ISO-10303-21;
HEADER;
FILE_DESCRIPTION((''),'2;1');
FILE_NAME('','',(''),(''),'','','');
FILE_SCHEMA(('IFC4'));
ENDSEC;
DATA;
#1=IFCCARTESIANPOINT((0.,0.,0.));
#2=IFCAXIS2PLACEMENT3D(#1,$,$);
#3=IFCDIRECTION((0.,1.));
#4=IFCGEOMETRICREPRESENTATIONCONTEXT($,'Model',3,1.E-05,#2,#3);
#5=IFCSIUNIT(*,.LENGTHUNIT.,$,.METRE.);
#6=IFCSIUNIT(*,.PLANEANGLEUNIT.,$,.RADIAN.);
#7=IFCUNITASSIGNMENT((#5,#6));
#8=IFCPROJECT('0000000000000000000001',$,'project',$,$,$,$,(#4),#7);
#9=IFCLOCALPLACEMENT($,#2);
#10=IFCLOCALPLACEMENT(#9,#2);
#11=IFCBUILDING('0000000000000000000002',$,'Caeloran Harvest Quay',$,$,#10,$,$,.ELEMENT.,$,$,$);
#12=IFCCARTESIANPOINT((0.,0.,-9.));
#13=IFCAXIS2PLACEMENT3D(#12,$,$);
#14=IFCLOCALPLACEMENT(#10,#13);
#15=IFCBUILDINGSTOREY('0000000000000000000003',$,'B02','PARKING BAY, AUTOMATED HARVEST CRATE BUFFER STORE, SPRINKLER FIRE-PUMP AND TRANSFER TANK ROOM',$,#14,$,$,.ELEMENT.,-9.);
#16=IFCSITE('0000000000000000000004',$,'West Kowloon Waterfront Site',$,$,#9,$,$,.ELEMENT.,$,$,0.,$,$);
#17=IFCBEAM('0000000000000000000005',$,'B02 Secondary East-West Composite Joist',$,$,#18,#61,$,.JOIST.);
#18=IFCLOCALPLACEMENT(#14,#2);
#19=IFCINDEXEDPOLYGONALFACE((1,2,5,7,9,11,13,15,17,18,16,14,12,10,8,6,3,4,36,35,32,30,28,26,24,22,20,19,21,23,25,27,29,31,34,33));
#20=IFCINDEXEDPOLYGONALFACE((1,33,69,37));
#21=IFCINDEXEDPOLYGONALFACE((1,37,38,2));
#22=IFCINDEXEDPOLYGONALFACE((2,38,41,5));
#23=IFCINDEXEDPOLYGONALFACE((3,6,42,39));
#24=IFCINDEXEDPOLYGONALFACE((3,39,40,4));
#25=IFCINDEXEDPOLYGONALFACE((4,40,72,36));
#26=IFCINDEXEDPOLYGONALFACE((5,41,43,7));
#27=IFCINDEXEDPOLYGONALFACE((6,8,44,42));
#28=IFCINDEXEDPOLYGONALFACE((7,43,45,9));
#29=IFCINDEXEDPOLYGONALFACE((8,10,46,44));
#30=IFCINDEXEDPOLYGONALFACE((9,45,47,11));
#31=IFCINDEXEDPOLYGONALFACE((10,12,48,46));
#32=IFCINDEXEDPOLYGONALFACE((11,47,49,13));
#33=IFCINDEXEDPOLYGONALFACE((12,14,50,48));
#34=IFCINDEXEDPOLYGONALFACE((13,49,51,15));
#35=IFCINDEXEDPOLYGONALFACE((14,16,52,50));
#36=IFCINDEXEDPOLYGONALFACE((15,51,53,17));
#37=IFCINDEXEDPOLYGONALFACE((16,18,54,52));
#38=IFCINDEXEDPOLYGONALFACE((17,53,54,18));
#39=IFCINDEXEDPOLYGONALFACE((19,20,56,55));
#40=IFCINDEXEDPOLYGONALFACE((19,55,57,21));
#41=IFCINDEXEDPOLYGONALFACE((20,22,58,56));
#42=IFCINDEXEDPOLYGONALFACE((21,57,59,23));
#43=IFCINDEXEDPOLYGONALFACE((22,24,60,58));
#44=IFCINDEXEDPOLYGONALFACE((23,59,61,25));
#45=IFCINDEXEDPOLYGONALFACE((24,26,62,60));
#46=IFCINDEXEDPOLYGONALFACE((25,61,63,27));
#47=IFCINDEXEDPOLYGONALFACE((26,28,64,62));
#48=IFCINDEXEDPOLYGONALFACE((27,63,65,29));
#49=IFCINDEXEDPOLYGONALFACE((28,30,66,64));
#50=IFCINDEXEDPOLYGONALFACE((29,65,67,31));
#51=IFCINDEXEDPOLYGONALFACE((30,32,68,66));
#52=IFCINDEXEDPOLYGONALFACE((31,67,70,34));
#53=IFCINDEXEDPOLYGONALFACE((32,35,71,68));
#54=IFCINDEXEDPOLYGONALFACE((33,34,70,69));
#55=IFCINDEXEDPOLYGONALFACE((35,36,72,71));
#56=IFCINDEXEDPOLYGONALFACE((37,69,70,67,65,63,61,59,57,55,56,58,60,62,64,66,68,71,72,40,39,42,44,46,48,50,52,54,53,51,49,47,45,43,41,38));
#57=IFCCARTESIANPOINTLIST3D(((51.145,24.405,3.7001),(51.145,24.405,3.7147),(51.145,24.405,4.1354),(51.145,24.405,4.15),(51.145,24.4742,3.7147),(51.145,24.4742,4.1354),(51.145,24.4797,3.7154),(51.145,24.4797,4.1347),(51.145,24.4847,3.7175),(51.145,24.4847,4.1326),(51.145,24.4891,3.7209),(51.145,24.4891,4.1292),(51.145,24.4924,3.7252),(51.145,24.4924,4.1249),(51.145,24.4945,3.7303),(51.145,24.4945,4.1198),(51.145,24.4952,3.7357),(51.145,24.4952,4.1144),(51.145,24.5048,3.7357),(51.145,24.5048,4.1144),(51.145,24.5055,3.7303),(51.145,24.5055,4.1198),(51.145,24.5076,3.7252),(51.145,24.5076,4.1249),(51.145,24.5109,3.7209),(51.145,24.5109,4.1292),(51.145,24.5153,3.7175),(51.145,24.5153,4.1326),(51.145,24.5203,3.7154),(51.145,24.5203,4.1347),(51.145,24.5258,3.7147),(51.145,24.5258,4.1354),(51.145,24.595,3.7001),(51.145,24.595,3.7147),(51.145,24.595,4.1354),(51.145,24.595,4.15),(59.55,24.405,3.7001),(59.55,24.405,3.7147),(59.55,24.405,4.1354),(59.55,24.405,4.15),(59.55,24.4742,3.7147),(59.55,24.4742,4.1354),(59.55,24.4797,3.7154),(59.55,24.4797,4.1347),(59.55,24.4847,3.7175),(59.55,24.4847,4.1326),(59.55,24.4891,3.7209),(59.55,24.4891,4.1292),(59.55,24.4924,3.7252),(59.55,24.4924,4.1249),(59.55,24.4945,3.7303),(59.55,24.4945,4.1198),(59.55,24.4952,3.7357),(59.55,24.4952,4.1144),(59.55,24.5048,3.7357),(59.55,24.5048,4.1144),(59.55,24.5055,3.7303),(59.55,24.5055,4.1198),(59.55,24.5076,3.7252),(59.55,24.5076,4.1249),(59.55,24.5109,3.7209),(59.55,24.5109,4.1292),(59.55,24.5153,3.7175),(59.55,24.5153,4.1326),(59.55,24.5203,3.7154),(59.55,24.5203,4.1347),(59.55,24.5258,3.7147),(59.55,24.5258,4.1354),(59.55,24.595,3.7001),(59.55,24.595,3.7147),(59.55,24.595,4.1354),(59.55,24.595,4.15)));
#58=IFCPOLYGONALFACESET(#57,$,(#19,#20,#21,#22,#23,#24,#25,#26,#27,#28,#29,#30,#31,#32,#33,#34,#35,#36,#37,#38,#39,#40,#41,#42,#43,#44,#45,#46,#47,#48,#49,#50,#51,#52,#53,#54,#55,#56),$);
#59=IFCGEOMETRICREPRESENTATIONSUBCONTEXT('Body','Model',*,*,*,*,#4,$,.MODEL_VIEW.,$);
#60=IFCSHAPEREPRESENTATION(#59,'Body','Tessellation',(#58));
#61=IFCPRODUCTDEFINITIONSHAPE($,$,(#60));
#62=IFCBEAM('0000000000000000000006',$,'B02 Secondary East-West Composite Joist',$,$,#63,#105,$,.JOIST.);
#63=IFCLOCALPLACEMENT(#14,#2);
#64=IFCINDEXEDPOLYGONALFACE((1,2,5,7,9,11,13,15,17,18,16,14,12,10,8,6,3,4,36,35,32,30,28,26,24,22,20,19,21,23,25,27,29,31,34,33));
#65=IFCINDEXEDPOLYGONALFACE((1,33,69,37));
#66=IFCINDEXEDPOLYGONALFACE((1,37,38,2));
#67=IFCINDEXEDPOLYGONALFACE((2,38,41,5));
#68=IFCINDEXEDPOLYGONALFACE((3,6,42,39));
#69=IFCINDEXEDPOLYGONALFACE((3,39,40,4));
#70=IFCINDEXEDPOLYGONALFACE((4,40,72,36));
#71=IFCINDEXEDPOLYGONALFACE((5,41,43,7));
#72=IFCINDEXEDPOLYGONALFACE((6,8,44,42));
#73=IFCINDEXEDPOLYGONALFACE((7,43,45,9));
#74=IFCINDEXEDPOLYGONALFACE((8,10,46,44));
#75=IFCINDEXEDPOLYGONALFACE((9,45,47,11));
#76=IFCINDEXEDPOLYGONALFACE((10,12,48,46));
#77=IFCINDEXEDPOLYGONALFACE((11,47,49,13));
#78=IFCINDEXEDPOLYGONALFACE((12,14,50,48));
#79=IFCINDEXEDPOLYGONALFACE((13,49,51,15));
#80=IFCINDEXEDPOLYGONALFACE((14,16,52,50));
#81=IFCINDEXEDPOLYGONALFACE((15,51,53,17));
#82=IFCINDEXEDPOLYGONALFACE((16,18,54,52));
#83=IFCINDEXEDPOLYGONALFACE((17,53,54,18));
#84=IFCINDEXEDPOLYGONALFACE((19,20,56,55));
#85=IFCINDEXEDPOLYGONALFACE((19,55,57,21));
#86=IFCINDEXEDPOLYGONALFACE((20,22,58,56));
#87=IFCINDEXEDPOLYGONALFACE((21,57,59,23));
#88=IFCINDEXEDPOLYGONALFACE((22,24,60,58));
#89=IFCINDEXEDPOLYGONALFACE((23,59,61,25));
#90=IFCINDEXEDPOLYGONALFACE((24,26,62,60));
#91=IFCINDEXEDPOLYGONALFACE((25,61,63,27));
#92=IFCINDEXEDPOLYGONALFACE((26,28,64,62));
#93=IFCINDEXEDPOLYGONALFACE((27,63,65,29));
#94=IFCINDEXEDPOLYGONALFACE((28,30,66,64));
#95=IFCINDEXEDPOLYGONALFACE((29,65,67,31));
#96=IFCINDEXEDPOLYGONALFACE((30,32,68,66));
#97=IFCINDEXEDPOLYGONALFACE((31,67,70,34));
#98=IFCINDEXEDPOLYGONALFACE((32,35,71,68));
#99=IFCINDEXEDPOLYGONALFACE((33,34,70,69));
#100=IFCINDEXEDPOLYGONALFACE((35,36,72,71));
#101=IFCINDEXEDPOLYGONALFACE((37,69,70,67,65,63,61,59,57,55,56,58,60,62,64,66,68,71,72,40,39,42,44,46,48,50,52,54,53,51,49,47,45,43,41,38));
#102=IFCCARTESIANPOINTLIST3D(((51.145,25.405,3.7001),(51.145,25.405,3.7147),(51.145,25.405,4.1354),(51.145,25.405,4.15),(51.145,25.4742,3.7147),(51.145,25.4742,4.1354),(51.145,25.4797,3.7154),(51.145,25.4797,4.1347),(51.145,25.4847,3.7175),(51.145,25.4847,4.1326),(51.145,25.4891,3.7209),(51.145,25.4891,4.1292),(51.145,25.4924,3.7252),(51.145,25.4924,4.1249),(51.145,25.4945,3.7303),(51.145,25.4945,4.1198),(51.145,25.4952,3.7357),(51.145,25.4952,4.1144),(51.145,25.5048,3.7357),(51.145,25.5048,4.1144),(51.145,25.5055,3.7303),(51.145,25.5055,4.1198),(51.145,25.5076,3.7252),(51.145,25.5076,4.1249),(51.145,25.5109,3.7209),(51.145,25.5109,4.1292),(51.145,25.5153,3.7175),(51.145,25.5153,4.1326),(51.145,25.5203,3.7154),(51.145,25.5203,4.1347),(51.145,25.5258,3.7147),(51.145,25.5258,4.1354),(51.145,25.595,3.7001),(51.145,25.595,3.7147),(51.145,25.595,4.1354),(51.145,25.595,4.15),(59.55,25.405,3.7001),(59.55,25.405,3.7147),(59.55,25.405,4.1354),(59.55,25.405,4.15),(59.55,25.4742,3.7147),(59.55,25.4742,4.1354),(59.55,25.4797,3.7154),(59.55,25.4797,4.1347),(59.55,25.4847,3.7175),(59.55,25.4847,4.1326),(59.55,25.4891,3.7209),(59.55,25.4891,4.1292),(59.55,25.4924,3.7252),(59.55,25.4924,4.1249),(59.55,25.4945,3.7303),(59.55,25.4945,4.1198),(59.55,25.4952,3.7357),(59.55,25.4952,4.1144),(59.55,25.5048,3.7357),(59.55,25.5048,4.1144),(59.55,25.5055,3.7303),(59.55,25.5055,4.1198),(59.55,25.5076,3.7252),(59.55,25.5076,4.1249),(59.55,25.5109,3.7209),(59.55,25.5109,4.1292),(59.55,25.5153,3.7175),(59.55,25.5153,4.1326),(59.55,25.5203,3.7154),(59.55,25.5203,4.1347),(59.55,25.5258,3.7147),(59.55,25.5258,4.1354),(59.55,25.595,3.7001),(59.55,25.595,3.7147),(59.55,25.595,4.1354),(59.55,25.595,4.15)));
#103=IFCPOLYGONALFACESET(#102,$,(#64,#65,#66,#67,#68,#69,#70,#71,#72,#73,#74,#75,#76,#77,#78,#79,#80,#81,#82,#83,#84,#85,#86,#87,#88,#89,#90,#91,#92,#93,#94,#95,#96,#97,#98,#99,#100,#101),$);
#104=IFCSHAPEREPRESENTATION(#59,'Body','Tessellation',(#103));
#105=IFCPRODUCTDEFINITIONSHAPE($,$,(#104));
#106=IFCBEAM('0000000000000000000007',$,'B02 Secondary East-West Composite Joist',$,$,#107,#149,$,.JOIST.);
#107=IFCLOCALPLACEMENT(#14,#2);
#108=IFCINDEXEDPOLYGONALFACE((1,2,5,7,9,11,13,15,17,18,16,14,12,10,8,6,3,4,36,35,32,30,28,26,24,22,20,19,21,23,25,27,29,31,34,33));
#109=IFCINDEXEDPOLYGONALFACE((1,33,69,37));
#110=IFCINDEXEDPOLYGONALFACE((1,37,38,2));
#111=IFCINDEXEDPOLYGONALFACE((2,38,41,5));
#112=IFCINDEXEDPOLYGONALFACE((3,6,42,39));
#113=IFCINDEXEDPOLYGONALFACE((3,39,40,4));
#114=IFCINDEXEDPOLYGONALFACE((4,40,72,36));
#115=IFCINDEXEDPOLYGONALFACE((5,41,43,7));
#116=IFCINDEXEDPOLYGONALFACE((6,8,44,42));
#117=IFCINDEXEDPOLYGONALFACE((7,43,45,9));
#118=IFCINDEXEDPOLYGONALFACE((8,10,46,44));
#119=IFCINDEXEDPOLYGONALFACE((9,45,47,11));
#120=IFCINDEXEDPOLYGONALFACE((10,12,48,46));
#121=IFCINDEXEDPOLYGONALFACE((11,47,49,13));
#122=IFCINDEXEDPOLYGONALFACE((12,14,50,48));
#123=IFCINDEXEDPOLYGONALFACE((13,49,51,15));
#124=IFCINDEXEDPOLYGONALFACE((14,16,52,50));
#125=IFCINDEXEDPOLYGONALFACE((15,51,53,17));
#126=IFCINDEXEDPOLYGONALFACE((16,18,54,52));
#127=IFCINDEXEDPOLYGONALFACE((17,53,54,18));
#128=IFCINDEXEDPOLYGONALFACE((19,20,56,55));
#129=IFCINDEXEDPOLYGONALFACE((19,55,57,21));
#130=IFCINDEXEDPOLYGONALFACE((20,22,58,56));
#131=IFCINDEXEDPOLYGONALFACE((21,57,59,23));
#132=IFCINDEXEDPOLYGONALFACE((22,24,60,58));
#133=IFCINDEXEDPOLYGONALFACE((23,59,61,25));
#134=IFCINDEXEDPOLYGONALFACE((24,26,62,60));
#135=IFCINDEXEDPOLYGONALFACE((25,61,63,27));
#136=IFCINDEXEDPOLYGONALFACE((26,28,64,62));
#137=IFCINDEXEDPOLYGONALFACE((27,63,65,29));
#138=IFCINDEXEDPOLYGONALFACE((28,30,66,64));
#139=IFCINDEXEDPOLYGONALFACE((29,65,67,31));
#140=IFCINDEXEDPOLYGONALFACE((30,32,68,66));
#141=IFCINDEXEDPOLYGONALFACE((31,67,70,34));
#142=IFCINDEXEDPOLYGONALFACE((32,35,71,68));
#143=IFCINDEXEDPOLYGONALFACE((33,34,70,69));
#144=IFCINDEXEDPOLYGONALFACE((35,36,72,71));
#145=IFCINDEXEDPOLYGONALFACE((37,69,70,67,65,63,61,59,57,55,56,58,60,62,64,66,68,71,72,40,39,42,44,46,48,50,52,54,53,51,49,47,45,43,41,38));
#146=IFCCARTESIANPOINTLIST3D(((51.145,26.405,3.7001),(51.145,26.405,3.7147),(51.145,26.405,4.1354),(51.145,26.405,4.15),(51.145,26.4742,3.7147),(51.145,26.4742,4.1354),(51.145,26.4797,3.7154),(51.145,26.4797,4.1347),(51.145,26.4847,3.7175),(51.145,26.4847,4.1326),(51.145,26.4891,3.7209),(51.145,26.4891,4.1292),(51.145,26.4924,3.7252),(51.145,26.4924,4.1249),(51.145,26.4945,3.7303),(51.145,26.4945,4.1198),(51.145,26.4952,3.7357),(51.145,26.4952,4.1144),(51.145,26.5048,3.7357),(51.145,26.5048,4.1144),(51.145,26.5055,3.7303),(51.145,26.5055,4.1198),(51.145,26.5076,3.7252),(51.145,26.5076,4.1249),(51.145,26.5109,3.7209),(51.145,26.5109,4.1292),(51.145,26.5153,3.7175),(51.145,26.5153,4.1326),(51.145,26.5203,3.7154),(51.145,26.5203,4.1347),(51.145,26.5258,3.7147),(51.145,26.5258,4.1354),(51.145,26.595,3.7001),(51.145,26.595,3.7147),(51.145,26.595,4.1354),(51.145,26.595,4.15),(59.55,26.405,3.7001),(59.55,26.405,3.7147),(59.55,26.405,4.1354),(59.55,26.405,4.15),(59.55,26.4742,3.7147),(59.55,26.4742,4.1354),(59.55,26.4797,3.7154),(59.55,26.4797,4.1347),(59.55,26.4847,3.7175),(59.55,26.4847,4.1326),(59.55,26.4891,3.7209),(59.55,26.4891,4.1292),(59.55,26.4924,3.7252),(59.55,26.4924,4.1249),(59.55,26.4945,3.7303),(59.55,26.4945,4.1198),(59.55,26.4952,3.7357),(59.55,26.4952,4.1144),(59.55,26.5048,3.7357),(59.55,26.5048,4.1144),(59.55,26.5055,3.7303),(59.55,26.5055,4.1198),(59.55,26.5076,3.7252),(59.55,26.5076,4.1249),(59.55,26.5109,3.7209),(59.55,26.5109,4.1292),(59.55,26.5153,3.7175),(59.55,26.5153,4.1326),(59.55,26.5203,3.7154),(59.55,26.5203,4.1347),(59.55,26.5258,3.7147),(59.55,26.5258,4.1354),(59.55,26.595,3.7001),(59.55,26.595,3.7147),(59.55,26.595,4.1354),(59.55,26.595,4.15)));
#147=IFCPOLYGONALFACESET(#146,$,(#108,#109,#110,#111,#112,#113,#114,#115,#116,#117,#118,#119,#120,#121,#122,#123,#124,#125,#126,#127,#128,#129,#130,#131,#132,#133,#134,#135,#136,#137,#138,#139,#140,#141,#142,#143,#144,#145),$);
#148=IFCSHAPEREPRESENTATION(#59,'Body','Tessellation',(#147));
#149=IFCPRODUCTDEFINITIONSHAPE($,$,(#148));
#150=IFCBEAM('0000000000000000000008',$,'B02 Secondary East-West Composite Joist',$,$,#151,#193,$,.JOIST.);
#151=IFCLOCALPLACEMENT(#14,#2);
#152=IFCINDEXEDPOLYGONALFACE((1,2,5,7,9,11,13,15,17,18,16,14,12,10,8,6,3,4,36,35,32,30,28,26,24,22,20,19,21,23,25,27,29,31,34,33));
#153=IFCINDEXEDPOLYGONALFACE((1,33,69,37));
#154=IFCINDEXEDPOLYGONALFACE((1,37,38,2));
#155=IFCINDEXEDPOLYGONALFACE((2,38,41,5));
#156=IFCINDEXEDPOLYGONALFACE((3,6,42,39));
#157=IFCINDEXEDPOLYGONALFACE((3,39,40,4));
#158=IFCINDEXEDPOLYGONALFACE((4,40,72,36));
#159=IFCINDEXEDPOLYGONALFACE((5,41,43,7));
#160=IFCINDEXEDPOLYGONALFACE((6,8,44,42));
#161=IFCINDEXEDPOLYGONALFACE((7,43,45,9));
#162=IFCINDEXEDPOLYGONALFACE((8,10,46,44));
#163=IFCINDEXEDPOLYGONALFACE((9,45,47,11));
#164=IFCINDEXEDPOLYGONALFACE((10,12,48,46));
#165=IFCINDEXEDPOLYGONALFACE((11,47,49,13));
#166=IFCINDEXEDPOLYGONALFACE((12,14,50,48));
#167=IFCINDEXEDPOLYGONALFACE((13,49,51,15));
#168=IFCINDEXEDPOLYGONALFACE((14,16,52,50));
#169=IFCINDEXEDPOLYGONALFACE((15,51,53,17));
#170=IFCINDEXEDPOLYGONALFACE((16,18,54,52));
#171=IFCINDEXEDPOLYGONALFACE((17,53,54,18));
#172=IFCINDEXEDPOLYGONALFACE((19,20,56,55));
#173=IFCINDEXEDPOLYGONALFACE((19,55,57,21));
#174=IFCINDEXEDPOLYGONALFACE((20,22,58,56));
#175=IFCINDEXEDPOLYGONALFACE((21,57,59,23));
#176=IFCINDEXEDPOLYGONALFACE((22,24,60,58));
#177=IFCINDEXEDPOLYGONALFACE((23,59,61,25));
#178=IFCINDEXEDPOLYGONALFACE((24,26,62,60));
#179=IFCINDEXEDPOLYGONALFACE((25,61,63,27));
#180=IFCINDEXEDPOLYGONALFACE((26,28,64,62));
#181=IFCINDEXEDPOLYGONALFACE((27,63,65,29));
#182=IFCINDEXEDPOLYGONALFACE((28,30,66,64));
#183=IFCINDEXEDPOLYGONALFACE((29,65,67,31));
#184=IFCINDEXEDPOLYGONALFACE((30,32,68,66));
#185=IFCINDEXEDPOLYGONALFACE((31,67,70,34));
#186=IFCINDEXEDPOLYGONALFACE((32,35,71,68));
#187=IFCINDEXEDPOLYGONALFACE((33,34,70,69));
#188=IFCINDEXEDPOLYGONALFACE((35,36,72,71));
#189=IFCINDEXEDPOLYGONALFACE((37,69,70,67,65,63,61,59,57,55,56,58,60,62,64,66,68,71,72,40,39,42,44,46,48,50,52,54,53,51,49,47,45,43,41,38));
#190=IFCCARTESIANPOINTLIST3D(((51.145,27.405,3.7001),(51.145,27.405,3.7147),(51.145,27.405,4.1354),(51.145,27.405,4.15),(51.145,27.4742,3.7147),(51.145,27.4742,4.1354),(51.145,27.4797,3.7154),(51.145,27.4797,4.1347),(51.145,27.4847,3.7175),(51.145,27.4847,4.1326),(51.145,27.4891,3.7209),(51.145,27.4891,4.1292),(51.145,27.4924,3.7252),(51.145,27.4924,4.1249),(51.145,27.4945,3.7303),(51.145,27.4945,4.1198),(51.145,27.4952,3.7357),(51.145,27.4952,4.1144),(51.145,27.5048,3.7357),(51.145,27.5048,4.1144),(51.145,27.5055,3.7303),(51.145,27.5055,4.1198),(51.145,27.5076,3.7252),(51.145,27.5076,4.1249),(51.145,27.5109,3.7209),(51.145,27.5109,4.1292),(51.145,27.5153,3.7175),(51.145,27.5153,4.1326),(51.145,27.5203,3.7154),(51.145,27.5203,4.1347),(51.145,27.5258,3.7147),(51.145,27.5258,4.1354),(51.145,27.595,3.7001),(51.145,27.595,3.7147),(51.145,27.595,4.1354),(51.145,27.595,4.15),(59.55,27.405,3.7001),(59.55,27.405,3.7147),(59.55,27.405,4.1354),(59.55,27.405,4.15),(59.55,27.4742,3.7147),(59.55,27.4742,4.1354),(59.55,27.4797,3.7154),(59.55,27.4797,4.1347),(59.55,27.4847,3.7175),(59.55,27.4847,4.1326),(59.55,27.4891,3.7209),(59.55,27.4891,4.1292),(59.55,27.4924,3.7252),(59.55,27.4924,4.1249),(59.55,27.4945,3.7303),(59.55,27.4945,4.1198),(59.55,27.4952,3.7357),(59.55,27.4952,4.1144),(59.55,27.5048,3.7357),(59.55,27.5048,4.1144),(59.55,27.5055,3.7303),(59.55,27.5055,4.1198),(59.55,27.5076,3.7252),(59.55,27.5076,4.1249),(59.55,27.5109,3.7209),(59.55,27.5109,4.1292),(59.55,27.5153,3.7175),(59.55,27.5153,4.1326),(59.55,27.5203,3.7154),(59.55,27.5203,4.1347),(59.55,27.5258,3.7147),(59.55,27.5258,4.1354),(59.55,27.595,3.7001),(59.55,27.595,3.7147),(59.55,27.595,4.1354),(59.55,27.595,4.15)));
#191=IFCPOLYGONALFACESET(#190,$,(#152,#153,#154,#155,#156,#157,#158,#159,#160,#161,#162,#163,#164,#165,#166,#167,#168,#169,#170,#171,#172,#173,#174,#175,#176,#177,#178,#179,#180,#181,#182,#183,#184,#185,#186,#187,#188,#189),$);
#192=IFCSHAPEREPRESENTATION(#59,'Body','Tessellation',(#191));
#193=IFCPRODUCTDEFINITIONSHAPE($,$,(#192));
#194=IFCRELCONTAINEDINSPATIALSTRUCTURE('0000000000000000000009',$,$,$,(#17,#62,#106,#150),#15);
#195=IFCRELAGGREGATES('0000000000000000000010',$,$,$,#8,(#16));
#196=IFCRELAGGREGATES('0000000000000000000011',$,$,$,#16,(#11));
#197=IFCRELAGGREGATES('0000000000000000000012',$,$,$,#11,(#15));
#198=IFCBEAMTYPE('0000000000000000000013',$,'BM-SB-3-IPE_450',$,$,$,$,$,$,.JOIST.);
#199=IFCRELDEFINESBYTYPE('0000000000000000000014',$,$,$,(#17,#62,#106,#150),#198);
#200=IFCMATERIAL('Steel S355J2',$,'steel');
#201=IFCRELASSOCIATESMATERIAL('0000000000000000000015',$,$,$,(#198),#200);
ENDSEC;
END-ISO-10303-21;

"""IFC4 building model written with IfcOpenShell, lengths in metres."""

from ifc_helpers import new_model, si_unit, direction, frame, origin, origin_2d, place, context, subcontext, project, spatial, i_section, extrude, material, material_profile, profile_set, type_object, element, save


model = new_model("IFC4")

# Units and contexts
model_context = context("Model", 3, precision=1e-05, world=origin(), true_north=direction((0.0, 1.0)))
body_context = subcontext(model_context, "Body", "Model", "MODEL_VIEW")
ifc_project = project(units=[si_unit("LENGTHUNIT", "METRE"), si_unit("PLANEANGLEUNIT", "RADIAN")], contexts=[model_context])

# Site, building, storey
site_placement = place(None, origin())
site = spatial("IfcSite", under=ifc_project, at=site_placement, Name="West Kowloon Waterfront Site", CompositionType="ELEMENT", RefElevation=0.0)
building_placement = place(site_placement, origin())
building = spatial("IfcBuilding", under=site, at=building_placement, Name="Caeloran Harvest Quay", CompositionType="ELEMENT")
storey_placement = place(building_placement, frame((0.0, 0.0, -9.0)))
storey = spatial("IfcBuildingStorey", under=building, at=storey_placement, Name="B02", Description="PARKING BAY, AUTOMATED HARVEST CRATE BUFFER STORE, SPRINKLER FIRE-PUMP AND TRANSFER TANK ROOM", CompositionType="ELEMENT", Elevation=-9.0)

# Beams
ifc_material_1 = material(Name="Steel S355J2", Category="steel")
ifc_material_profile_1 = material_profile(ifc_material_1, i_section(OverallWidth=0.1899, OverallDepth=0.45, WebThickness=0.0095, FlangeThickness=0.0146, FilletRadius=0.021, at=origin_2d()), Name="IPE 450")
ifc_profile_set_1 = profile_set([ifc_material_profile_1], Name="Steel S355J2")
beam_type_1 = type_object("IfcBeamType", Name="BM-SB-3-IPE_450", PredefinedType="JOIST", material=ifc_profile_set_1)
for number, where, z_axis, x_axis, name in (
    (1, (51.145, 24.5, 3.925), (1.0, 0.0, 0.0), (0.0, 1.0, 0.0), "B02 Secondary East-West Composite Joist"),
    (2, (51.145, 25.5, 3.925), (1.0, 0.0, 0.0), (0.0, 1.0, 0.0), "B02 Secondary East-West Composite Joist"),
    (3, (51.145, 26.5, 3.925), (1.0, 0.0, 0.0), (0.0, 1.0, 0.0), "B02 Secondary East-West Composite Joist"),
    (4, (51.145, 27.5, 3.925), (1.0, 0.0, 0.0), (0.0, 1.0, 0.0), "B02 Secondary East-West Composite Joist"),
):
    element("IfcBeam", number, at=place(storey_placement, frame(where, z_axis=z_axis, x_axis=x_axis)), inside=storey, type_object=beam_type_1, Name=name, PredefinedType="JOIST", context=body_context, shape_type="SweptSolid", body=[
        extrude(i_section(OverallWidth=0.1899, OverallDepth=0.45, WebThickness=0.0095, FlangeThickness=0.0146, FilletRadius=0.021, at=origin_2d()), origin(), (0.0, 0.0, 1.0), 8.405),
    ])

save(model, "model.ifc")
